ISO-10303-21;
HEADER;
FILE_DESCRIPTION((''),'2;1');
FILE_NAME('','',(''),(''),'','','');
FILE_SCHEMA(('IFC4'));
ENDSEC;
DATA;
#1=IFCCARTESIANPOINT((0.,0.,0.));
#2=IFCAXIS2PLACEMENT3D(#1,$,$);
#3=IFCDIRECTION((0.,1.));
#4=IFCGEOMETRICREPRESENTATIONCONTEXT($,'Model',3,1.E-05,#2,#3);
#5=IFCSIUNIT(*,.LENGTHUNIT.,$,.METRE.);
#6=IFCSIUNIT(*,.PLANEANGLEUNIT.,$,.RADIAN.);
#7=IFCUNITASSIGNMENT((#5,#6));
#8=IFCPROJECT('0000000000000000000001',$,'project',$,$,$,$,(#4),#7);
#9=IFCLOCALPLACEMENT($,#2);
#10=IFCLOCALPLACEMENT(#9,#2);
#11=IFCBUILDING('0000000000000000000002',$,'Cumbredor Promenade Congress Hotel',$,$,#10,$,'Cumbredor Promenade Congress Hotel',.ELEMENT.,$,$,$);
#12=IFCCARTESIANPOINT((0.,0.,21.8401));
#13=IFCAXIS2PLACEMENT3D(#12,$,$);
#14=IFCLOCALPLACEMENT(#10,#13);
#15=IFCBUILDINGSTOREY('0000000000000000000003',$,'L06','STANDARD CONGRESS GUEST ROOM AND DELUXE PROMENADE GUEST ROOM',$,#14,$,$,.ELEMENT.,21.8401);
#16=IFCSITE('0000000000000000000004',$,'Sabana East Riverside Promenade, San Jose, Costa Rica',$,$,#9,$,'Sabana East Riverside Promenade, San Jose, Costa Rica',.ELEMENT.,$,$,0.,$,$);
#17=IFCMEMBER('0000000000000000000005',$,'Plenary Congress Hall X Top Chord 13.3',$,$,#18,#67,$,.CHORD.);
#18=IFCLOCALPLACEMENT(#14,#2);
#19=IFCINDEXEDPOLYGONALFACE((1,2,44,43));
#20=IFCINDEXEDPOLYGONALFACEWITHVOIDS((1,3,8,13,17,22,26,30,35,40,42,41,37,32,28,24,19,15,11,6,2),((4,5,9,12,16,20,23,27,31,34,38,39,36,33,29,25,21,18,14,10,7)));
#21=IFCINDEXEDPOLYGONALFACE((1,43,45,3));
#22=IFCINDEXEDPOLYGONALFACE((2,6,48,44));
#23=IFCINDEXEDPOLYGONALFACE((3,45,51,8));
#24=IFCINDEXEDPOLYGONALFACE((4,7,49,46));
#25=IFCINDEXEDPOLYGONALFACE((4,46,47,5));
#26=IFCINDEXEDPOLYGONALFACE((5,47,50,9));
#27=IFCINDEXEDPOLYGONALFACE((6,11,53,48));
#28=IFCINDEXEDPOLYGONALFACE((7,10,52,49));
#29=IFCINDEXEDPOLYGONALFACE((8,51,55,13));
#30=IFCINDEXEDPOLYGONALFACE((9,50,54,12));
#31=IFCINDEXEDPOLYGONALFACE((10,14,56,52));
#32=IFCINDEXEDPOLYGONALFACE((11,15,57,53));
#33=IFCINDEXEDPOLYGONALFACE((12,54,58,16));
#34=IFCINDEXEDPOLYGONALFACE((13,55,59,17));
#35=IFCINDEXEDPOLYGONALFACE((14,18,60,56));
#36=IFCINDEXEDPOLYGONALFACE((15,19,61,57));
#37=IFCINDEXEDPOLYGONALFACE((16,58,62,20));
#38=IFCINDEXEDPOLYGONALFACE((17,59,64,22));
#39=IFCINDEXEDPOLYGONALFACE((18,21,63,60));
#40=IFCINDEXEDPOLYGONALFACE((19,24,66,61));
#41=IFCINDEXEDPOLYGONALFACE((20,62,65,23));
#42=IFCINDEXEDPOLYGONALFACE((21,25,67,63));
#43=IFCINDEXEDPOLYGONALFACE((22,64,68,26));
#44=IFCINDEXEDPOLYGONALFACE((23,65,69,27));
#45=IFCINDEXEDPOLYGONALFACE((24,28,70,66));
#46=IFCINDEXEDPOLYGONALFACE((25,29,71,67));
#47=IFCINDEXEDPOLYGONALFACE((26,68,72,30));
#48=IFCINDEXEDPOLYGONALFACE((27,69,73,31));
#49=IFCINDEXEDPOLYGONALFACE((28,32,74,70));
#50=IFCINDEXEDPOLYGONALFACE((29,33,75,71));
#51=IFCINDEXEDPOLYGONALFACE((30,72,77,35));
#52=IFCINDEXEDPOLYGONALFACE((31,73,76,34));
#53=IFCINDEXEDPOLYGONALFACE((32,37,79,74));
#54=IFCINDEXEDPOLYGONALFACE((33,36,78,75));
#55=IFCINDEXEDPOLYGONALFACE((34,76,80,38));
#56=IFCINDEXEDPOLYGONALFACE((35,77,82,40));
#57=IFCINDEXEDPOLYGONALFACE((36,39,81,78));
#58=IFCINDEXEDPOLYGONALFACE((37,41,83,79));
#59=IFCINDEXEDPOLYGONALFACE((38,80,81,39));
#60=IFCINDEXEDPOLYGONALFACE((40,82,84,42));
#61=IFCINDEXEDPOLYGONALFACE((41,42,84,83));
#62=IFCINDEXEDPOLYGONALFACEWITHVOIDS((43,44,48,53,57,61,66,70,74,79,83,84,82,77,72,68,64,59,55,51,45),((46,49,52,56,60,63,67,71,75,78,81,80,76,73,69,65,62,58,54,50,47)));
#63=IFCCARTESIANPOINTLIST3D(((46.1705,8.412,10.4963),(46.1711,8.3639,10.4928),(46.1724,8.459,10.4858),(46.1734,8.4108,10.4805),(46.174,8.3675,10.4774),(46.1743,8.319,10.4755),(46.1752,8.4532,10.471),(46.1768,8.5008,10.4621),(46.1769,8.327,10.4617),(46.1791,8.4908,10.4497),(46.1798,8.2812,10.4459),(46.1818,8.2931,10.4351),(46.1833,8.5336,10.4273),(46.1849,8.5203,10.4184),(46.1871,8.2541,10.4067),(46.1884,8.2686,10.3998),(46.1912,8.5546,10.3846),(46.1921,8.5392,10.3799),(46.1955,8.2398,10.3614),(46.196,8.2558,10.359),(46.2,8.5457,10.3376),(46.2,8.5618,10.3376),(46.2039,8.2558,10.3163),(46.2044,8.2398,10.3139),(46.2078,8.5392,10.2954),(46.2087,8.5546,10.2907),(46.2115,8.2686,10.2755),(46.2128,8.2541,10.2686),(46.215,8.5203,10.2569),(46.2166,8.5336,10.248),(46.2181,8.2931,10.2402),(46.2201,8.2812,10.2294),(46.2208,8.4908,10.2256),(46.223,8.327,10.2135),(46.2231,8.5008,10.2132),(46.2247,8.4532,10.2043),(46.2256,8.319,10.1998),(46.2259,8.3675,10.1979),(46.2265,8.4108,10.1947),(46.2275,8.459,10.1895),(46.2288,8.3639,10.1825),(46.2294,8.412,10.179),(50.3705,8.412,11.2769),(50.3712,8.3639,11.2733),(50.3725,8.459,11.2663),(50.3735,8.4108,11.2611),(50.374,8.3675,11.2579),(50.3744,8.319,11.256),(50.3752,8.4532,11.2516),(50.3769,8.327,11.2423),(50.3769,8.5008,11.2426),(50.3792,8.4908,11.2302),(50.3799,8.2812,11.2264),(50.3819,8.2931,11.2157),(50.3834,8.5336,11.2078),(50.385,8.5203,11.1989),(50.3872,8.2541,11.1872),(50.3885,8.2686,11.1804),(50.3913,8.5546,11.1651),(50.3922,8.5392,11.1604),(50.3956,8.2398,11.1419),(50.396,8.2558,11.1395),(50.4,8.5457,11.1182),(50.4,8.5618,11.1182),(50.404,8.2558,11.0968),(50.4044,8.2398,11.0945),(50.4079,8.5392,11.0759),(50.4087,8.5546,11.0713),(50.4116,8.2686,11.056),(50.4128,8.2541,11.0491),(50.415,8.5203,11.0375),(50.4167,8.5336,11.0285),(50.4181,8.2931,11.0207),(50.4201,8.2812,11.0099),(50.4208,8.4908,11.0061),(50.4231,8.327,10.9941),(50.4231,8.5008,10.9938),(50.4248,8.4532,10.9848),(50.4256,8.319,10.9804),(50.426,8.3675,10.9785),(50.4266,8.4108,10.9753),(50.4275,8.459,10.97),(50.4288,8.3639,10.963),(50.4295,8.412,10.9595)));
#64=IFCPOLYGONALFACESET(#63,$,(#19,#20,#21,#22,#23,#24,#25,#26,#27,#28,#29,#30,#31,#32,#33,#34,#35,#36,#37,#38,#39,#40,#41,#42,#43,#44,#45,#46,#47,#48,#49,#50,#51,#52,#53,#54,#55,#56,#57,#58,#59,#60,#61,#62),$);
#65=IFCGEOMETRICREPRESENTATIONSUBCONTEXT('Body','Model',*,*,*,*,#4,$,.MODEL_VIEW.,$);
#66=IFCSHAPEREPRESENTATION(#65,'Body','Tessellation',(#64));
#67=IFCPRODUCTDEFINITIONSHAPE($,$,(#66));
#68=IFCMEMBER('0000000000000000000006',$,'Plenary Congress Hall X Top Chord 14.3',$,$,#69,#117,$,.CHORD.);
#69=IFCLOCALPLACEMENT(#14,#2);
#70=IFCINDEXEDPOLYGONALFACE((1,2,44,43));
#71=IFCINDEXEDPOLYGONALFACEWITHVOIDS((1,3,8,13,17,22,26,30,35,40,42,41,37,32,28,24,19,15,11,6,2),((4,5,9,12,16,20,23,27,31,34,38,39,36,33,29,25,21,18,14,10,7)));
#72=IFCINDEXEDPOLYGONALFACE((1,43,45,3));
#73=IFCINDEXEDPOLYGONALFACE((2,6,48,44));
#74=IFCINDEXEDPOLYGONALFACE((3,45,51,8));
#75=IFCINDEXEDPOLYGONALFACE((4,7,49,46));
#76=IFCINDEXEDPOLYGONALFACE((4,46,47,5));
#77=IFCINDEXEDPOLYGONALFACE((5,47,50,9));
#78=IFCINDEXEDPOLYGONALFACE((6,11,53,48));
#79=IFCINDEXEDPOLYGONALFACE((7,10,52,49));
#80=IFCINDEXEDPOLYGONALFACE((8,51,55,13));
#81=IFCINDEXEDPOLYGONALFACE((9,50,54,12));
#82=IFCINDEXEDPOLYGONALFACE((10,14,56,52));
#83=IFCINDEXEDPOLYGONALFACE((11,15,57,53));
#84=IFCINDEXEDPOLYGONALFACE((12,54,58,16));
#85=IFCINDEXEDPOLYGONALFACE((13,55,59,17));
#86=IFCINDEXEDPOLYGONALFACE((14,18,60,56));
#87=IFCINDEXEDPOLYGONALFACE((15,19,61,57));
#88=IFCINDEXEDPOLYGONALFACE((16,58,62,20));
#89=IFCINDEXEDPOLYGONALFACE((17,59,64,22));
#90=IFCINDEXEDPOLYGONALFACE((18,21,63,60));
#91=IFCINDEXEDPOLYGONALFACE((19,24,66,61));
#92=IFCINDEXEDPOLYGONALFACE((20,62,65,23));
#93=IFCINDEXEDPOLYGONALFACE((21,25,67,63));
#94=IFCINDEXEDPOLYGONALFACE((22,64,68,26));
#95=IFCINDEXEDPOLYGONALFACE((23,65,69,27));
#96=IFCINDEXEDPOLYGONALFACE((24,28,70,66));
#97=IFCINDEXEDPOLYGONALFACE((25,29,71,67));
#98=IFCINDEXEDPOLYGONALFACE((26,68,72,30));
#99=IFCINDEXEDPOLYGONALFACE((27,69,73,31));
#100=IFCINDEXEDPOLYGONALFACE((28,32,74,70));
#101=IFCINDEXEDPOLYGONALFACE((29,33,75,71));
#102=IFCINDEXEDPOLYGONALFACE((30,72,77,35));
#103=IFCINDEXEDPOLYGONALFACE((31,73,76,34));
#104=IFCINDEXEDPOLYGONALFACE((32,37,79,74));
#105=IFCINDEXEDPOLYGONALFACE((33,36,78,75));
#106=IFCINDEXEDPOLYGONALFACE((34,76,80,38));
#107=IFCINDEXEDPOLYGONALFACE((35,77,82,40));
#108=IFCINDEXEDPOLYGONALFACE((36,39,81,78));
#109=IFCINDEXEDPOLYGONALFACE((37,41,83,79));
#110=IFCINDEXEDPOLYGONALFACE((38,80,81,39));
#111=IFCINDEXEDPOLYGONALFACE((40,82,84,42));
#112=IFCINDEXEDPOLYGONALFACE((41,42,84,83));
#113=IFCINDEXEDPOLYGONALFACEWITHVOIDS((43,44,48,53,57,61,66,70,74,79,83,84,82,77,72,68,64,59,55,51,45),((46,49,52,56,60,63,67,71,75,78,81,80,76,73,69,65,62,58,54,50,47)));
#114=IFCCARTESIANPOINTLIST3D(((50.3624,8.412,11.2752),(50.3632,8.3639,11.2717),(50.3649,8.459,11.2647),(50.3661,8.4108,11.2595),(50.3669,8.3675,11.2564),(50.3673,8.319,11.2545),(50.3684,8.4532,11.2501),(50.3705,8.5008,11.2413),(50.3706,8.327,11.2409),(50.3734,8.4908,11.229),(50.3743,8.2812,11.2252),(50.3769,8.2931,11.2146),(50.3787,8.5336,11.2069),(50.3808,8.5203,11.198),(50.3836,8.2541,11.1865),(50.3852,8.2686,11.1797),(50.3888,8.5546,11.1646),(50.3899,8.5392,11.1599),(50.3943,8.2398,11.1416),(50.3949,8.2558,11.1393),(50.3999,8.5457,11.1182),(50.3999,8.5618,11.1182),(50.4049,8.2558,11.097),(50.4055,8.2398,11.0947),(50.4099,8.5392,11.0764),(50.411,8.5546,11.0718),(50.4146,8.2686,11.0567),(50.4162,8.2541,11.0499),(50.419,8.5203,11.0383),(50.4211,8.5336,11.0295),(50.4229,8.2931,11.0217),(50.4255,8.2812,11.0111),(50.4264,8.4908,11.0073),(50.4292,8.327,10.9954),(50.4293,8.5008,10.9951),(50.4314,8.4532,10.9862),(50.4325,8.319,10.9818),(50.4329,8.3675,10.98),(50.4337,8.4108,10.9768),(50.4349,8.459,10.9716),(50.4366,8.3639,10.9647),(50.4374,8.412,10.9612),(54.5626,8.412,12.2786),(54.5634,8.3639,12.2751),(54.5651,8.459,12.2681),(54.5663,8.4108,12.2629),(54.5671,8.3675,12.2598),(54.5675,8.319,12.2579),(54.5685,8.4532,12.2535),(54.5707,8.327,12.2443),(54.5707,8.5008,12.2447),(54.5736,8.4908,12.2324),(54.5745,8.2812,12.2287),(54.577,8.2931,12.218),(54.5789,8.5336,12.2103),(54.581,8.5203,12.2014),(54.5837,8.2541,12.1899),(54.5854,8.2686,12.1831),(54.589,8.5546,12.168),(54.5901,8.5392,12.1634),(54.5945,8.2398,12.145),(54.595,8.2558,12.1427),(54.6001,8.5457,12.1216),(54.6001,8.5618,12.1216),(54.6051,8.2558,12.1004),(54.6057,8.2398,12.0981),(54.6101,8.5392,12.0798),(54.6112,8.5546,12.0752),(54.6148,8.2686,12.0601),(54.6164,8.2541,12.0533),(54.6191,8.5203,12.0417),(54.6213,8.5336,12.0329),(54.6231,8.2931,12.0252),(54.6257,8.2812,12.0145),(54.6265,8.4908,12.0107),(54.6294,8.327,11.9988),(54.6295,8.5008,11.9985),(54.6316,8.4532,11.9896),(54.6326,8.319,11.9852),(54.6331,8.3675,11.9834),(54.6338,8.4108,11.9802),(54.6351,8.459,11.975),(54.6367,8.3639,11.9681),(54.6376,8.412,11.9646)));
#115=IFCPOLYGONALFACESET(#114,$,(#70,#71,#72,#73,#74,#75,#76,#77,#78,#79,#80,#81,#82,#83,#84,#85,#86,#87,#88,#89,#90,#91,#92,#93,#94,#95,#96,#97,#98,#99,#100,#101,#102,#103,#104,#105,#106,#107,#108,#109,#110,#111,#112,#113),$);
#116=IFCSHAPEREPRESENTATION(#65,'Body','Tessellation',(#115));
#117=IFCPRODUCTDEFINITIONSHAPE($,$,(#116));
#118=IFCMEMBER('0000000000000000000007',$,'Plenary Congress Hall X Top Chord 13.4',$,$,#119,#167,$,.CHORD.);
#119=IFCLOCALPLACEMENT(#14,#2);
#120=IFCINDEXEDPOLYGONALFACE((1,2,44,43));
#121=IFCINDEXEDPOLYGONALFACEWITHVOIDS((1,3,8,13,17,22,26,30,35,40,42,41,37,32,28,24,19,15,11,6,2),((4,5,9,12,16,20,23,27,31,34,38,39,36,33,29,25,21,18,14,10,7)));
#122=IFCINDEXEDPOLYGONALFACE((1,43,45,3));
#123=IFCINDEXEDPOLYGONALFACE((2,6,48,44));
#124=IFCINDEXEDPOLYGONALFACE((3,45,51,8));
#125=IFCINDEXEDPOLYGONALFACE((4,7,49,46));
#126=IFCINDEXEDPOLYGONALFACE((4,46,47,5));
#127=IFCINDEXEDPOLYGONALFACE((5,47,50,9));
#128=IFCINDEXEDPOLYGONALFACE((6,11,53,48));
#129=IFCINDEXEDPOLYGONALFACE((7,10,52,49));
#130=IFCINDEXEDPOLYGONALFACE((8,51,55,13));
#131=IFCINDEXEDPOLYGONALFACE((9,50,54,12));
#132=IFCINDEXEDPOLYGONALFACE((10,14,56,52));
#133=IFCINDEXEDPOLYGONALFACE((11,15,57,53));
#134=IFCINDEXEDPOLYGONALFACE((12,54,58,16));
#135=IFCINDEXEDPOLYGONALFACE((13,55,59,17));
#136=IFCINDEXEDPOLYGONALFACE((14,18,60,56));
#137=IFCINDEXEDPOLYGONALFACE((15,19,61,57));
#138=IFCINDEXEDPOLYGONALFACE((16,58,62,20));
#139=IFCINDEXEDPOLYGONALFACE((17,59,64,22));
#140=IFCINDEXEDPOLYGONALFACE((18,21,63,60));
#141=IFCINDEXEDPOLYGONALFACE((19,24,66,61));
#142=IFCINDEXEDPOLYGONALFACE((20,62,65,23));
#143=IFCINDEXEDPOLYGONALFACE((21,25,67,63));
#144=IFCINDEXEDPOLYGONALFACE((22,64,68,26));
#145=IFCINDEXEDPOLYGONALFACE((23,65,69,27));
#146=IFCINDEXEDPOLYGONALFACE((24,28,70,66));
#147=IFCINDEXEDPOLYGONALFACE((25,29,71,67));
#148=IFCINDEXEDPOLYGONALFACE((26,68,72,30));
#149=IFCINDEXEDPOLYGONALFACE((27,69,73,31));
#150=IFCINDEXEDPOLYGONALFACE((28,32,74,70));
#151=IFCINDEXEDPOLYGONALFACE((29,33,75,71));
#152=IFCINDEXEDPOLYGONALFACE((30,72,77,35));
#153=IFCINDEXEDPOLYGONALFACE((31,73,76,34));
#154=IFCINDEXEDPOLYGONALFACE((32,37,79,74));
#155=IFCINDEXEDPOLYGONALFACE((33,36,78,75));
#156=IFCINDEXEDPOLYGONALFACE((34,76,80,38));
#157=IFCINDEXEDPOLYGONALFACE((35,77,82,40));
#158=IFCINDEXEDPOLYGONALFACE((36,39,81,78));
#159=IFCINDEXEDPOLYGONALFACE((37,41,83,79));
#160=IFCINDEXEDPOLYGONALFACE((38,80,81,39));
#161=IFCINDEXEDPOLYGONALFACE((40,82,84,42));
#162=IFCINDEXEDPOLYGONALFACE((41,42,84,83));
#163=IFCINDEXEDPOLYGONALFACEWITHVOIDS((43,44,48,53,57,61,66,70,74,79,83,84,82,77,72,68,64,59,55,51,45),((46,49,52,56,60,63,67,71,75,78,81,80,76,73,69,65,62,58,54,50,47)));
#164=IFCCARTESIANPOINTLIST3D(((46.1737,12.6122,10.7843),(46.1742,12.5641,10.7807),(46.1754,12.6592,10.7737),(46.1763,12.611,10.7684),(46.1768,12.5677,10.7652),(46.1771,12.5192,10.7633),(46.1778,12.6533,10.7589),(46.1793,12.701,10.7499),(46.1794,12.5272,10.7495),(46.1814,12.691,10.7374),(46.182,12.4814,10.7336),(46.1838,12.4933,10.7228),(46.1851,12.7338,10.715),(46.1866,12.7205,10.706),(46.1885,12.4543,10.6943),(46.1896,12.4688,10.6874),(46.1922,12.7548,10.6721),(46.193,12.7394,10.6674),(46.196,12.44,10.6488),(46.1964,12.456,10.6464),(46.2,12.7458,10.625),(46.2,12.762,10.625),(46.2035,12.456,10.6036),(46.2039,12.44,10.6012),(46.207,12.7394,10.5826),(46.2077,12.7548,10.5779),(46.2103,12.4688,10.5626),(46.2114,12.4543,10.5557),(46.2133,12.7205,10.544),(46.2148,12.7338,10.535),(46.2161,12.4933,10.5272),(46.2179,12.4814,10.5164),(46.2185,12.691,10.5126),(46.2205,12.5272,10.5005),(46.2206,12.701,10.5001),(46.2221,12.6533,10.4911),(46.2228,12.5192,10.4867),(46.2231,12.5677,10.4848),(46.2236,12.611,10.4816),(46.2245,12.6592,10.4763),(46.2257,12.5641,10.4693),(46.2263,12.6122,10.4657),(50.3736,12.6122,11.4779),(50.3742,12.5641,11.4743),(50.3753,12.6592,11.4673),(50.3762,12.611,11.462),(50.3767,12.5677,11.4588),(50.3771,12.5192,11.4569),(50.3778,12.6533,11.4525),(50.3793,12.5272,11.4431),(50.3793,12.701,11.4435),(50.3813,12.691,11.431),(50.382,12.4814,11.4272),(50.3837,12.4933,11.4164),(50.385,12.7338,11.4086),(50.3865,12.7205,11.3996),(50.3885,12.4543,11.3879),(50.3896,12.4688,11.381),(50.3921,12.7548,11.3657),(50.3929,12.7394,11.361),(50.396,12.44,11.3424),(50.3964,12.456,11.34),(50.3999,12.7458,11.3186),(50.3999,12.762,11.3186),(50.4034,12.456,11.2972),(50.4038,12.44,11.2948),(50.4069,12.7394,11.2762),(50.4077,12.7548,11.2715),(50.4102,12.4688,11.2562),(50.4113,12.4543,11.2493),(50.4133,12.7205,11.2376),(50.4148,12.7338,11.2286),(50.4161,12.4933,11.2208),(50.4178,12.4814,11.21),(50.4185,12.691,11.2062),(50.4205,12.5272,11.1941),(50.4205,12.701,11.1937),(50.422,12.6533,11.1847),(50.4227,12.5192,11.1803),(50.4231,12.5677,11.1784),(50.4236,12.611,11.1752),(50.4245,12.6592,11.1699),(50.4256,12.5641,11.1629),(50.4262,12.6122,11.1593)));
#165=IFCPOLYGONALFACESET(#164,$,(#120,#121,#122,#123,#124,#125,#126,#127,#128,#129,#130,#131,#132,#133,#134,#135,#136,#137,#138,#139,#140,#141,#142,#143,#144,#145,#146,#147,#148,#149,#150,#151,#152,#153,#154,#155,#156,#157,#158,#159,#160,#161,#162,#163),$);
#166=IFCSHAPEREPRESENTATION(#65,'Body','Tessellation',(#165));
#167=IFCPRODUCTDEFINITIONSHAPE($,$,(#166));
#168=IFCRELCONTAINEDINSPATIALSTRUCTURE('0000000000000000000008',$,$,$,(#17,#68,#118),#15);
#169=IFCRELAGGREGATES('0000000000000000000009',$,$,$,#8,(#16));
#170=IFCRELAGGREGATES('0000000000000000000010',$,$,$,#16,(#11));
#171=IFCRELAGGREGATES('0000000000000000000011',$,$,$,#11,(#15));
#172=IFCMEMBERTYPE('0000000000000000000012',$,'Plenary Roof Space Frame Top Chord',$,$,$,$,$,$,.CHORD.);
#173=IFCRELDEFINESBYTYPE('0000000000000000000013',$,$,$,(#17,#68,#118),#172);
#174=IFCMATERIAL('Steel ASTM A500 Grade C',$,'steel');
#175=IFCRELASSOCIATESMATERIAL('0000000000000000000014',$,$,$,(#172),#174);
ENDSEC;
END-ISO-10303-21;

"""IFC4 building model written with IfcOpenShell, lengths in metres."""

from ifc_helpers import new_model, si_unit, direction, frame, origin, origin_2d, place, context, subcontext, project, spatial, hollow_circle, extrude, material, material_profile, profile_set, type_object, element, save


model = new_model("IFC4")

# Units and contexts
model_context = context("Model", 3, precision=1e-05, world=origin(), true_north=direction((0.0, 1.0)))
body_context = subcontext(model_context, "Body", "Model", "MODEL_VIEW")
ifc_project = project(units=[si_unit("LENGTHUNIT", "METRE"), si_unit("PLANEANGLEUNIT", "RADIAN")], contexts=[model_context])

# Site, building, storey
site_placement = place(None, origin())
site = spatial("IfcSite", under=ifc_project, at=site_placement, Name="Sabana East Riverside Promenade, San Jose, Costa Rica", LongName="Sabana East Riverside Promenade, San Jose, Costa Rica", CompositionType="ELEMENT", RefElevation=0.0)
building_placement = place(site_placement, origin())
building = spatial("IfcBuilding", under=site, at=building_placement, Name="Cumbredor Promenade Congress Hotel", LongName="Cumbredor Promenade Congress Hotel", CompositionType="ELEMENT")
storey_placement = place(building_placement, frame((0.0, 0.0, 21.8401)))
storey = spatial("IfcBuildingStorey", under=building, at=storey_placement, Name="L06", Description="STANDARD CONGRESS GUEST ROOM AND DELUXE PROMENADE GUEST ROOM", CompositionType="ELEMENT", Elevation=21.8401)

# Members
ifc_material_1 = material(Name="Steel ASTM A500 Grade C", Category="steel")
ifc_material_profile_1 = material_profile(ifc_material_1, hollow_circle(Radius=0.1619, WallThickness=0.0161, at=origin_2d()), Name="CHS 323.9x16")
ifc_profile_set_1 = profile_set([ifc_material_profile_1], Name="Steel ASTM A500 Grade C")
member_type_1 = type_object("IfcMemberType", Name="Plenary Roof Space Frame Top Chord", PredefinedType="CHORD", material=ifc_profile_set_1)
member_1_placement = place(storey_placement, frame((46.2, 8.3999, 10.3376), z_axis=(0.983167, 0.0, 0.182711), x_axis=(0.0, 1.0, 0.0)))
element("IfcMember", 1, at=member_1_placement, inside=storey, type_object=member_type_1, Name="Plenary Congress Hall X Top Chord 13.3", PredefinedType="CHORD", context=body_context, shape_type="SweptSolid", body=[
    extrude(hollow_circle(Radius=0.1619, WallThickness=0.0161, at=origin_2d()), origin(), (0.0, 0.0, 1.0), 4.272),
])
member_2_placement = place(storey_placement, frame((50.3999, 8.3999, 11.1182), z_axis=(0.97263, 0.0, 0.232359), x_axis=(0.0, 1.0, 0.0)))
element("IfcMember", 2, at=member_2_placement, inside=storey, type_object=member_type_1, Name="Plenary Congress Hall X Top Chord 14.3", PredefinedType="CHORD", context=body_context, shape_type="SweptSolid", body=[
    extrude(hollow_circle(Radius=0.1619, WallThickness=0.0161, at=origin_2d()), origin(), (0.0, 0.0, 1.0), 4.3184),
])
member_3_placement = place(storey_placement, frame((46.2, 12.6001, 10.625), z_axis=(0.986636, 0.0, 0.162939), x_axis=(0.0, 1.0, 0.0)))
element("IfcMember", 3, at=member_3_placement, inside=storey, type_object=member_type_1, Name="Plenary Congress Hall X Top Chord 13.4", PredefinedType="CHORD", context=body_context, shape_type="SweptSolid", body=[
    extrude(hollow_circle(Radius=0.1619, WallThickness=0.0161, at=origin_2d()), origin(), (0.0, 0.0, 1.0), 4.2568),
])

save(model, "model.ifc")
